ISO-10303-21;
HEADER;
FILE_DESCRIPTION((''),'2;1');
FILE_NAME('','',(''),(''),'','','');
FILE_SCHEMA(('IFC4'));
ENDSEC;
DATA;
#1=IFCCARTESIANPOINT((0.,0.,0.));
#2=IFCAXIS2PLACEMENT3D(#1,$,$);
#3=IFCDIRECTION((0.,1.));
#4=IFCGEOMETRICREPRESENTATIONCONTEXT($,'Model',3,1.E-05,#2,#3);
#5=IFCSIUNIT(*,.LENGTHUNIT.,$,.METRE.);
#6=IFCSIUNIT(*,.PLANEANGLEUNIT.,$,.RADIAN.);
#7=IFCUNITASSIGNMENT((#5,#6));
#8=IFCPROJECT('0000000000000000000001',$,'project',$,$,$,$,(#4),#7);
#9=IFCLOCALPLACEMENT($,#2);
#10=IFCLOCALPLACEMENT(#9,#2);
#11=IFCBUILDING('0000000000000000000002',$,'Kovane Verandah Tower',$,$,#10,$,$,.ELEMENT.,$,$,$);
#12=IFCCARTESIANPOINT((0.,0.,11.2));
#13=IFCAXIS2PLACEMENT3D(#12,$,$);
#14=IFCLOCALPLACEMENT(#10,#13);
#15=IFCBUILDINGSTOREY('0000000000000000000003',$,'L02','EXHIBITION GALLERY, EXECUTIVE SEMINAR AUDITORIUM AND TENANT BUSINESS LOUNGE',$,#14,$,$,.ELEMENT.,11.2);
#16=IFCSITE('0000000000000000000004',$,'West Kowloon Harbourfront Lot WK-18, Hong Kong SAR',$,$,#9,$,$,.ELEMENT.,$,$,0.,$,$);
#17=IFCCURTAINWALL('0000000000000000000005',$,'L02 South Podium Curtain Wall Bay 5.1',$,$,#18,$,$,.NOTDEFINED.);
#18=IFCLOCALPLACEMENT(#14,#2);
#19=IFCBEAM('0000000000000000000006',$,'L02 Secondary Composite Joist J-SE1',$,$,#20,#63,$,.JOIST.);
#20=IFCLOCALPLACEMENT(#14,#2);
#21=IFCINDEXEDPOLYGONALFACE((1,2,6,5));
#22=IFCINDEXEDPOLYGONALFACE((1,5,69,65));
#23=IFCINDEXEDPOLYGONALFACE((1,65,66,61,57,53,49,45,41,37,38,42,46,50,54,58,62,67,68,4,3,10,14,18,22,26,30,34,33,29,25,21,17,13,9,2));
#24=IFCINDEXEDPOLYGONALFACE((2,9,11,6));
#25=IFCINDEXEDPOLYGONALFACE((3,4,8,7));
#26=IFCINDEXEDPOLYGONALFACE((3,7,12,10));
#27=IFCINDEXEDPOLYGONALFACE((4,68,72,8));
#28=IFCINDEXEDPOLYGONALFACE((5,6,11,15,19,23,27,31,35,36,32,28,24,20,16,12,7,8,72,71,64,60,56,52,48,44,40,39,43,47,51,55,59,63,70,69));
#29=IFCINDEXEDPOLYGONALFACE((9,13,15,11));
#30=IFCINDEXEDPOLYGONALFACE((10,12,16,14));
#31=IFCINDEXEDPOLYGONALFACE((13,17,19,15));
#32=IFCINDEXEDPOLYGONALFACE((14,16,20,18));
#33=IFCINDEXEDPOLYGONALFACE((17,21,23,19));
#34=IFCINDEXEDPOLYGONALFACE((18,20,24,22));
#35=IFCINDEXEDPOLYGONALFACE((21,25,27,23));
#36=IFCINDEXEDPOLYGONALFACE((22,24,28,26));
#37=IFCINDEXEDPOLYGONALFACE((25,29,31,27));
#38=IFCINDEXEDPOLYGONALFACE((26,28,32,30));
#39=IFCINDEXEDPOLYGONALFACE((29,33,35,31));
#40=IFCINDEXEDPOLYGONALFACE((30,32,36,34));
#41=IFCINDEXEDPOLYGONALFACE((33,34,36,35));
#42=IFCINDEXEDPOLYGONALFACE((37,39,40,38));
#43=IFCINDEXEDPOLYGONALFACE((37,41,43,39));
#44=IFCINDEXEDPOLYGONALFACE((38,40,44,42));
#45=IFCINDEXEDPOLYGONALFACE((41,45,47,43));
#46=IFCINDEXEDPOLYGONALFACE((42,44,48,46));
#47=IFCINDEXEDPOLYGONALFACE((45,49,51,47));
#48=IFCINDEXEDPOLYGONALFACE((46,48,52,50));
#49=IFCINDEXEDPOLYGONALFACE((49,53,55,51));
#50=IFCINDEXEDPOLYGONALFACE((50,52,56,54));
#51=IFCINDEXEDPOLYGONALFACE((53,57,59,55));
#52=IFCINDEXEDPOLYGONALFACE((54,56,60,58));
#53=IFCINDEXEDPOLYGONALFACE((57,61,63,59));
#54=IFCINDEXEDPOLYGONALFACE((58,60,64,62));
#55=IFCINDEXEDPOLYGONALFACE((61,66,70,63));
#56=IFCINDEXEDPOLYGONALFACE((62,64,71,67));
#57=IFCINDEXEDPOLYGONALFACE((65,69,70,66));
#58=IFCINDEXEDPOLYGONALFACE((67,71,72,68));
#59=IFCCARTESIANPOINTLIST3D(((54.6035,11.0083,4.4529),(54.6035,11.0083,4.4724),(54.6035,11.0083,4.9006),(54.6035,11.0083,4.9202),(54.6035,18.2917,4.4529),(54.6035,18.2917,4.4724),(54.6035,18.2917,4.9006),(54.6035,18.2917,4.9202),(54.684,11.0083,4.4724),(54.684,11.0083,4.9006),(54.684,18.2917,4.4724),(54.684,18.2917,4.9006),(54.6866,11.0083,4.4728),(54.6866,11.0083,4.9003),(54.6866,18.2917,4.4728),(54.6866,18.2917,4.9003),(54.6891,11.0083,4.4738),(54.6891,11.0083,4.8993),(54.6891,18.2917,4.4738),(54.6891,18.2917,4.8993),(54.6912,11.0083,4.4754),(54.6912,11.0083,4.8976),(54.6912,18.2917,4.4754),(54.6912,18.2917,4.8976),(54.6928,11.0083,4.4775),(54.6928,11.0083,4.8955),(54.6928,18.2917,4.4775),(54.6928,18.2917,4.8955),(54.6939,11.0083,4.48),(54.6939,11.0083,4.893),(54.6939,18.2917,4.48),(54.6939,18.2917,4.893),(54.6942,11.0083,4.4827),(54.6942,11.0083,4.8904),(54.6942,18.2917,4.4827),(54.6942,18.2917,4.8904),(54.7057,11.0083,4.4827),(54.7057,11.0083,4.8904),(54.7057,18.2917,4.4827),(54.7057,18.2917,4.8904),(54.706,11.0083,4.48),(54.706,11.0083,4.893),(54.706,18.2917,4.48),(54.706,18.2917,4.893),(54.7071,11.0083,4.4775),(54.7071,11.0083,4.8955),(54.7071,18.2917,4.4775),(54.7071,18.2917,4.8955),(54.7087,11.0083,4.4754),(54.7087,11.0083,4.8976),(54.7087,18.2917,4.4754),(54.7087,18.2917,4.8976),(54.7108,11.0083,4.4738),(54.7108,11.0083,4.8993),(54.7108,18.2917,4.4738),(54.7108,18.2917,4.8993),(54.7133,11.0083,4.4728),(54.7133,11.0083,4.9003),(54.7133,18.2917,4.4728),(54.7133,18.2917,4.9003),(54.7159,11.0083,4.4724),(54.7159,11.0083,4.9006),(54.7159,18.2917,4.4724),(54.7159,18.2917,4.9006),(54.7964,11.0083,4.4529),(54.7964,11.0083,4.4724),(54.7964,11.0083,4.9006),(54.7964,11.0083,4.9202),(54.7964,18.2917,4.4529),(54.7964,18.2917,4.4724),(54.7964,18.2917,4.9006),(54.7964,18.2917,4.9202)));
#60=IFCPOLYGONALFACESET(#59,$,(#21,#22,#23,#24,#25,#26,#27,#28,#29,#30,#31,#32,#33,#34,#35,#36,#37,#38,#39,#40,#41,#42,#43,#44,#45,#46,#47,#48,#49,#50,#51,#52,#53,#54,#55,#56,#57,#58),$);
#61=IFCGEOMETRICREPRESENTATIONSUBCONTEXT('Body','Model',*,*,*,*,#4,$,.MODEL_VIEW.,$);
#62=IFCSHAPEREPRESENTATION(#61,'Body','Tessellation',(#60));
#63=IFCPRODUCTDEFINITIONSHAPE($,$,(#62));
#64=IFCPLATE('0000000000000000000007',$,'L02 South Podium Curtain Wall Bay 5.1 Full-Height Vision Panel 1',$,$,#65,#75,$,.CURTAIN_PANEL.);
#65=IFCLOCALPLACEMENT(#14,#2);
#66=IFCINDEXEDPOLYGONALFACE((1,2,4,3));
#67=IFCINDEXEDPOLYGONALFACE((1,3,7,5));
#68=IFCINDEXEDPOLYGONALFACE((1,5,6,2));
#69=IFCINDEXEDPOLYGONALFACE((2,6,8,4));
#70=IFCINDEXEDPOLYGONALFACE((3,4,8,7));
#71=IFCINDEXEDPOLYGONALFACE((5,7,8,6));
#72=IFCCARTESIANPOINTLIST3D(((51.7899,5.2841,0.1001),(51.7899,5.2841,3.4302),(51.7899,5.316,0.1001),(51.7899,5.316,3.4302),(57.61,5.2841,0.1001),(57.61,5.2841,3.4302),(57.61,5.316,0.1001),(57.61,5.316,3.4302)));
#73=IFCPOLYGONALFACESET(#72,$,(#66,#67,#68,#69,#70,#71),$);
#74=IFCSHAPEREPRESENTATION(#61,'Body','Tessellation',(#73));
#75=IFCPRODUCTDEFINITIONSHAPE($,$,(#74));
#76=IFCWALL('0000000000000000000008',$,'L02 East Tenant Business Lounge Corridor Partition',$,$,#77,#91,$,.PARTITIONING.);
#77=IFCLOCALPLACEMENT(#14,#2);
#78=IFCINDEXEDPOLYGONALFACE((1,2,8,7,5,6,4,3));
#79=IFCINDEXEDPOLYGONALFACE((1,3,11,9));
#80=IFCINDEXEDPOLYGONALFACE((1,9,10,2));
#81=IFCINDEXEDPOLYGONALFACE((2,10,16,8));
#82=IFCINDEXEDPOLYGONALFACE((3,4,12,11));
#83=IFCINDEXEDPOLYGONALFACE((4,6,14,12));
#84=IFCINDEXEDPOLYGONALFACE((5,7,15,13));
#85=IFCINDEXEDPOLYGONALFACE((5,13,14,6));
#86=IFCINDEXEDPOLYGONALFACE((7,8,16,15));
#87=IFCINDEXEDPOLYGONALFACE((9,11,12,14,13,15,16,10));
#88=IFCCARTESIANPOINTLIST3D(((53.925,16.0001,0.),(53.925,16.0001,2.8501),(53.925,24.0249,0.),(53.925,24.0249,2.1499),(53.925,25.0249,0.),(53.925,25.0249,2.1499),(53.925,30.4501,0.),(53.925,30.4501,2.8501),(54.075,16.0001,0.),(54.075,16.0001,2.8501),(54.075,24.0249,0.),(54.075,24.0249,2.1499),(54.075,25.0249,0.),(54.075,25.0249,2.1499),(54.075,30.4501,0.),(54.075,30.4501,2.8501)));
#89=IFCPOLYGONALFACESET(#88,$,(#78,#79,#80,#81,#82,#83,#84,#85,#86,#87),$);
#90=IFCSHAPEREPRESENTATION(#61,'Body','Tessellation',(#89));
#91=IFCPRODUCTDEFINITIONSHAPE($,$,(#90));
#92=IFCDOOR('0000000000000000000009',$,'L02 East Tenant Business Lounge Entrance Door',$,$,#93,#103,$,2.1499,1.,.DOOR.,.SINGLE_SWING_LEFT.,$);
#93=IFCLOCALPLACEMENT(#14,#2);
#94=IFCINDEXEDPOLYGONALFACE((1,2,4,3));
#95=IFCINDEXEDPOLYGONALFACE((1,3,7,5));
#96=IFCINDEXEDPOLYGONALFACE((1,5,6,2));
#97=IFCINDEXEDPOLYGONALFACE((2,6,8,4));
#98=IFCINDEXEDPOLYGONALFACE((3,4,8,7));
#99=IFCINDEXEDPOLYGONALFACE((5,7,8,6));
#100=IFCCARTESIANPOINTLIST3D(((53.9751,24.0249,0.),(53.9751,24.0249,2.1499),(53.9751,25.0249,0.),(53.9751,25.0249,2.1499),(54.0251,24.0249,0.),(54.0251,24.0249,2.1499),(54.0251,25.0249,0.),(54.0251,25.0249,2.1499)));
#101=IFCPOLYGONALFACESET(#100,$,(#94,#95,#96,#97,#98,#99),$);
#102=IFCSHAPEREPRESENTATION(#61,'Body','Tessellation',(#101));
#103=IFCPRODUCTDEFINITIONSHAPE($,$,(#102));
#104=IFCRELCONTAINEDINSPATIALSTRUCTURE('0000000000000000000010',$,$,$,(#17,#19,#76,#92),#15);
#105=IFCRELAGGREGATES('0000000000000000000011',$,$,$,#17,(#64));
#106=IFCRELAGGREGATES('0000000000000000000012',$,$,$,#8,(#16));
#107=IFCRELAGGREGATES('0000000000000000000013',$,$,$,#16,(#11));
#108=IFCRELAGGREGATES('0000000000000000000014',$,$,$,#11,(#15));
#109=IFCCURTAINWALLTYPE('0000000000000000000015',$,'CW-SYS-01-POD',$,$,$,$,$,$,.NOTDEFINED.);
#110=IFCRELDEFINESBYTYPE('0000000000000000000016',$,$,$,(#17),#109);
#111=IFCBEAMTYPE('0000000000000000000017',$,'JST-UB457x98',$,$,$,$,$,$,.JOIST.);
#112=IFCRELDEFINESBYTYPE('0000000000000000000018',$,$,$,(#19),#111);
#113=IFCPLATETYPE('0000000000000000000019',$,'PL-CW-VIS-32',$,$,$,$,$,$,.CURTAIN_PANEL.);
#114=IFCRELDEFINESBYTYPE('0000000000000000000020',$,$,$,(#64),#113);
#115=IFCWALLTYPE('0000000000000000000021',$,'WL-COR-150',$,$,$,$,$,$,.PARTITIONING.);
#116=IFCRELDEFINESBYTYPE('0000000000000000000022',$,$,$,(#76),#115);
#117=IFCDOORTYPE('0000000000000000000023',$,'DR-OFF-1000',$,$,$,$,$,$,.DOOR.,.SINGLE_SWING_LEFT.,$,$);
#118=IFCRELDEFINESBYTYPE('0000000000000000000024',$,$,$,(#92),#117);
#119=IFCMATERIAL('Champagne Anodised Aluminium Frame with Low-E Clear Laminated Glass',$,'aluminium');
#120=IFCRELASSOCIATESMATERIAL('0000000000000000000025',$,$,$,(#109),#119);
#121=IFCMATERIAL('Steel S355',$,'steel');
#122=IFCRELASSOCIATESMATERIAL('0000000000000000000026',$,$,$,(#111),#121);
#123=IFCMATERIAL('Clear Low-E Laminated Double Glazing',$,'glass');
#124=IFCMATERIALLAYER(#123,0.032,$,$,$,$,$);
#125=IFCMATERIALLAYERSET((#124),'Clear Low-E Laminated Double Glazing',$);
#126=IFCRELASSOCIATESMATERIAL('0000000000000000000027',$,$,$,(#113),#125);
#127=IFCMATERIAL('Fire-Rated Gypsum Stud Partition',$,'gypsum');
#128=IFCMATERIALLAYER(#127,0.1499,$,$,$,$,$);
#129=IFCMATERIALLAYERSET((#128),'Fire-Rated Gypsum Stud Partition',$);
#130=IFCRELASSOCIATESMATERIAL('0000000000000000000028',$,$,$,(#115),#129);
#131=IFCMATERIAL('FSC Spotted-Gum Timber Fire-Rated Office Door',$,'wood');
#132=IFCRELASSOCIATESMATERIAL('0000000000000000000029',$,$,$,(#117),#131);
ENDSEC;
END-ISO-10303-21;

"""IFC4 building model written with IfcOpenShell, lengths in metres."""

from ifc_helpers import new_model, si_unit, direction, frame, frame_2d, origin, origin_2d, place, context, subcontext, project, spatial, rectangle, i_section, extrude, material, layer, layer_set, material_profile, profile_set, type_object, element, fill, aggregate, save


model = new_model("IFC4")

# Units and contexts
model_context = context("Model", 3, precision=1e-05, world=origin(), true_north=direction((0.0, 1.0)))
body_context = subcontext(model_context, "Body", "Model", "MODEL_VIEW")
ifc_project = project(units=[si_unit("LENGTHUNIT", "METRE"), si_unit("PLANEANGLEUNIT", "RADIAN")], contexts=[model_context])

# Site, building, storey
site_placement = place(None, origin())
site = spatial("IfcSite", under=ifc_project, at=site_placement, Name="West Kowloon Harbourfront Lot WK-18, Hong Kong SAR", CompositionType="ELEMENT", RefElevation=0.0)
building_placement = place(site_placement, origin())
building = spatial("IfcBuilding", under=site, at=building_placement, Name="Kovane Verandah Tower", CompositionType="ELEMENT")
storey_placement = place(building_placement, frame((0.0, 0.0, 11.2)))
storey = spatial("IfcBuildingStorey", under=building, at=storey_placement, Name="L02", Description="EXHIBITION GALLERY, EXECUTIVE SEMINAR AUDITORIUM AND TENANT BUSINESS LOUNGE", CompositionType="ELEMENT", Elevation=11.2)

# Curtain wall
ifc_material_1 = material(Name="Champagne Anodised Aluminium Frame with Low-E Clear Laminated Glass", Category="aluminium")
curtain_wall_type = type_object("IfcCurtainWallType", Name="CW-SYS-01-POD", PredefinedType="NOTDEFINED", material=ifc_material_1)
curtain_wall_placement = place(storey_placement, origin())
curtain_wall = element("IfcCurtainWall", 1, at=curtain_wall_placement, inside=storey, type_object=curtain_wall_type, Name="L02 South Podium Curtain Wall Bay 5.1", PredefinedType="NOTDEFINED")

# Beam
ifc_material_2 = material(Name="Steel S355", Category="steel")
ifc_material_profile_1 = material_profile(ifc_material_2, i_section(OverallWidth=0.1929, OverallDepth=0.4673, WebThickness=0.0115, FlangeThickness=0.0195, FilletRadius=0.0103, at=origin_2d()), Name="UB457x191x98")
ifc_profile_set_1 = profile_set([ifc_material_profile_1], Name="Steel S355")
beam_type_1 = type_object("IfcBeamType", Name="JST-UB457x98", PredefinedType="JOIST", material=ifc_profile_set_1)
beam_1_placement = place(storey_placement, frame((54.7, 11.0083, 4.6865), z_axis=(0.0, 1.0, 0.0), x_axis=(-1.0, 0.0, 0.0)))
element("IfcBeam", 2, at=beam_1_placement, inside=storey, type_object=beam_type_1, Name="L02 Secondary Composite Joist J-SE1", PredefinedType="JOIST", context=body_context, shape_type="SweptSolid", body=[
    extrude(i_section(OverallWidth=0.1929, OverallDepth=0.4673, WebThickness=0.0115, FlangeThickness=0.0195, FilletRadius=0.0103, at=origin_2d()), origin(), (0.0, 0.0, 1.0), 7.2834),
])

# Plate
ifc_material_3 = material(Name="Clear Low-E Laminated Double Glazing", Category="glass")
ifc_layer_1 = layer(ifc_material_3, 0.032)
ifc_layer_set_1 = layer_set([ifc_layer_1], Name="Clear Low-E Laminated Double Glazing")
plate_type = type_object("IfcPlateType", Name="PL-CW-VIS-32", PredefinedType="CURTAIN_PANEL", material=ifc_layer_set_1)
plate_placement = place(storey_placement, frame((54.7, 5.3, 0.1001), z_axis=(0.0, 0.0, 1.0), x_axis=(1.0, 0.0, 0.0)))
plate = element("IfcPlate", 3, at=plate_placement, type_object=plate_type, Name="L02 South Podium Curtain Wall Bay 5.1 Full-Height Vision Panel 1", PredefinedType="CURTAIN_PANEL", context=body_context, shape_type="SweptSolid", body=[
    extrude(rectangle(XDim=5.8201, YDim=0.032, at=origin_2d()), origin(), (0.0, 0.0, 1.0), 3.3301),
])
aggregate(curtain_wall, [plate])

# Wall, opening, door
ifc_material_4 = material(Name="Fire-Rated Gypsum Stud Partition", Category="gypsum")
ifc_layer_2 = layer(ifc_material_4, 0.1499)
ifc_layer_set_2 = layer_set([ifc_layer_2], Name="Fire-Rated Gypsum Stud Partition")
wall_type = type_object("IfcWallType", Name="WL-COR-150", PredefinedType="PARTITIONING", material=ifc_layer_set_2)
wall_placement = place(storey_placement, frame((54.0, 16.0, 0.0), z_axis=(0.0, 0.0, 1.0), x_axis=(0.0, 1.0, 0.0)))
wall = element("IfcWall", 4, at=wall_placement, inside=storey, type_object=wall_type, Name="L02 East Tenant Business Lounge Corridor Partition", PredefinedType="PARTITIONING", context=body_context, shape_type="SweptSolid", body=[
    extrude(rectangle(XDim=14.45, YDim=0.1499, at=frame_2d((7.2251, 0.0))), origin(), (0.0, 0.0, 1.0), 2.8501),
])
opening_placement = place(wall_placement, frame((8.0249, 0.0, 0.0)))
opening = element("IfcOpeningElement", 5, at=opening_placement, cuts=wall, PredefinedType="OPENING", context=body_context, shape_type="SweptSolid", body=[
    extrude(rectangle(XDim=1.0, YDim=2.1499, at=frame_2d((0.5, 1.075))), frame((0.0, 0.075, 0.0), z_axis=(0.0, -1.0, 0.0), x_axis=(1.0, 0.0, 0.0)), (0.0, 0.0, 1.0), 0.1499),
])
ifc_material_5 = material(Name="FSC Spotted-Gum Timber Fire-Rated Office Door", Category="wood")
door_type = type_object("IfcDoorType", Name="DR-OFF-1000", OperationType="SINGLE_SWING_LEFT", PredefinedType="DOOR", material=ifc_material_5)
door_placement = place(opening_placement, origin())
door = element("IfcDoor", 6, at=door_placement, inside=storey, type_object=door_type, Name="L02 East Tenant Business Lounge Entrance Door", OperationType="SINGLE_SWING_LEFT", OverallHeight=2.1499, OverallWidth=1.0, PredefinedType="DOOR", context=body_context, shape_type="SweptSolid", body=[
    extrude(rectangle(XDim=1.0, YDim=2.1499, at=frame_2d((0.5, 1.075))), frame((0.0, 0.0249, 0.0), z_axis=(0.0, -1.0, 0.0), x_axis=(1.0, 0.0, 0.0)), (0.0, 0.0, 1.0), 0.05),
])
fill(opening, door)

save(model, "model.ifc")
